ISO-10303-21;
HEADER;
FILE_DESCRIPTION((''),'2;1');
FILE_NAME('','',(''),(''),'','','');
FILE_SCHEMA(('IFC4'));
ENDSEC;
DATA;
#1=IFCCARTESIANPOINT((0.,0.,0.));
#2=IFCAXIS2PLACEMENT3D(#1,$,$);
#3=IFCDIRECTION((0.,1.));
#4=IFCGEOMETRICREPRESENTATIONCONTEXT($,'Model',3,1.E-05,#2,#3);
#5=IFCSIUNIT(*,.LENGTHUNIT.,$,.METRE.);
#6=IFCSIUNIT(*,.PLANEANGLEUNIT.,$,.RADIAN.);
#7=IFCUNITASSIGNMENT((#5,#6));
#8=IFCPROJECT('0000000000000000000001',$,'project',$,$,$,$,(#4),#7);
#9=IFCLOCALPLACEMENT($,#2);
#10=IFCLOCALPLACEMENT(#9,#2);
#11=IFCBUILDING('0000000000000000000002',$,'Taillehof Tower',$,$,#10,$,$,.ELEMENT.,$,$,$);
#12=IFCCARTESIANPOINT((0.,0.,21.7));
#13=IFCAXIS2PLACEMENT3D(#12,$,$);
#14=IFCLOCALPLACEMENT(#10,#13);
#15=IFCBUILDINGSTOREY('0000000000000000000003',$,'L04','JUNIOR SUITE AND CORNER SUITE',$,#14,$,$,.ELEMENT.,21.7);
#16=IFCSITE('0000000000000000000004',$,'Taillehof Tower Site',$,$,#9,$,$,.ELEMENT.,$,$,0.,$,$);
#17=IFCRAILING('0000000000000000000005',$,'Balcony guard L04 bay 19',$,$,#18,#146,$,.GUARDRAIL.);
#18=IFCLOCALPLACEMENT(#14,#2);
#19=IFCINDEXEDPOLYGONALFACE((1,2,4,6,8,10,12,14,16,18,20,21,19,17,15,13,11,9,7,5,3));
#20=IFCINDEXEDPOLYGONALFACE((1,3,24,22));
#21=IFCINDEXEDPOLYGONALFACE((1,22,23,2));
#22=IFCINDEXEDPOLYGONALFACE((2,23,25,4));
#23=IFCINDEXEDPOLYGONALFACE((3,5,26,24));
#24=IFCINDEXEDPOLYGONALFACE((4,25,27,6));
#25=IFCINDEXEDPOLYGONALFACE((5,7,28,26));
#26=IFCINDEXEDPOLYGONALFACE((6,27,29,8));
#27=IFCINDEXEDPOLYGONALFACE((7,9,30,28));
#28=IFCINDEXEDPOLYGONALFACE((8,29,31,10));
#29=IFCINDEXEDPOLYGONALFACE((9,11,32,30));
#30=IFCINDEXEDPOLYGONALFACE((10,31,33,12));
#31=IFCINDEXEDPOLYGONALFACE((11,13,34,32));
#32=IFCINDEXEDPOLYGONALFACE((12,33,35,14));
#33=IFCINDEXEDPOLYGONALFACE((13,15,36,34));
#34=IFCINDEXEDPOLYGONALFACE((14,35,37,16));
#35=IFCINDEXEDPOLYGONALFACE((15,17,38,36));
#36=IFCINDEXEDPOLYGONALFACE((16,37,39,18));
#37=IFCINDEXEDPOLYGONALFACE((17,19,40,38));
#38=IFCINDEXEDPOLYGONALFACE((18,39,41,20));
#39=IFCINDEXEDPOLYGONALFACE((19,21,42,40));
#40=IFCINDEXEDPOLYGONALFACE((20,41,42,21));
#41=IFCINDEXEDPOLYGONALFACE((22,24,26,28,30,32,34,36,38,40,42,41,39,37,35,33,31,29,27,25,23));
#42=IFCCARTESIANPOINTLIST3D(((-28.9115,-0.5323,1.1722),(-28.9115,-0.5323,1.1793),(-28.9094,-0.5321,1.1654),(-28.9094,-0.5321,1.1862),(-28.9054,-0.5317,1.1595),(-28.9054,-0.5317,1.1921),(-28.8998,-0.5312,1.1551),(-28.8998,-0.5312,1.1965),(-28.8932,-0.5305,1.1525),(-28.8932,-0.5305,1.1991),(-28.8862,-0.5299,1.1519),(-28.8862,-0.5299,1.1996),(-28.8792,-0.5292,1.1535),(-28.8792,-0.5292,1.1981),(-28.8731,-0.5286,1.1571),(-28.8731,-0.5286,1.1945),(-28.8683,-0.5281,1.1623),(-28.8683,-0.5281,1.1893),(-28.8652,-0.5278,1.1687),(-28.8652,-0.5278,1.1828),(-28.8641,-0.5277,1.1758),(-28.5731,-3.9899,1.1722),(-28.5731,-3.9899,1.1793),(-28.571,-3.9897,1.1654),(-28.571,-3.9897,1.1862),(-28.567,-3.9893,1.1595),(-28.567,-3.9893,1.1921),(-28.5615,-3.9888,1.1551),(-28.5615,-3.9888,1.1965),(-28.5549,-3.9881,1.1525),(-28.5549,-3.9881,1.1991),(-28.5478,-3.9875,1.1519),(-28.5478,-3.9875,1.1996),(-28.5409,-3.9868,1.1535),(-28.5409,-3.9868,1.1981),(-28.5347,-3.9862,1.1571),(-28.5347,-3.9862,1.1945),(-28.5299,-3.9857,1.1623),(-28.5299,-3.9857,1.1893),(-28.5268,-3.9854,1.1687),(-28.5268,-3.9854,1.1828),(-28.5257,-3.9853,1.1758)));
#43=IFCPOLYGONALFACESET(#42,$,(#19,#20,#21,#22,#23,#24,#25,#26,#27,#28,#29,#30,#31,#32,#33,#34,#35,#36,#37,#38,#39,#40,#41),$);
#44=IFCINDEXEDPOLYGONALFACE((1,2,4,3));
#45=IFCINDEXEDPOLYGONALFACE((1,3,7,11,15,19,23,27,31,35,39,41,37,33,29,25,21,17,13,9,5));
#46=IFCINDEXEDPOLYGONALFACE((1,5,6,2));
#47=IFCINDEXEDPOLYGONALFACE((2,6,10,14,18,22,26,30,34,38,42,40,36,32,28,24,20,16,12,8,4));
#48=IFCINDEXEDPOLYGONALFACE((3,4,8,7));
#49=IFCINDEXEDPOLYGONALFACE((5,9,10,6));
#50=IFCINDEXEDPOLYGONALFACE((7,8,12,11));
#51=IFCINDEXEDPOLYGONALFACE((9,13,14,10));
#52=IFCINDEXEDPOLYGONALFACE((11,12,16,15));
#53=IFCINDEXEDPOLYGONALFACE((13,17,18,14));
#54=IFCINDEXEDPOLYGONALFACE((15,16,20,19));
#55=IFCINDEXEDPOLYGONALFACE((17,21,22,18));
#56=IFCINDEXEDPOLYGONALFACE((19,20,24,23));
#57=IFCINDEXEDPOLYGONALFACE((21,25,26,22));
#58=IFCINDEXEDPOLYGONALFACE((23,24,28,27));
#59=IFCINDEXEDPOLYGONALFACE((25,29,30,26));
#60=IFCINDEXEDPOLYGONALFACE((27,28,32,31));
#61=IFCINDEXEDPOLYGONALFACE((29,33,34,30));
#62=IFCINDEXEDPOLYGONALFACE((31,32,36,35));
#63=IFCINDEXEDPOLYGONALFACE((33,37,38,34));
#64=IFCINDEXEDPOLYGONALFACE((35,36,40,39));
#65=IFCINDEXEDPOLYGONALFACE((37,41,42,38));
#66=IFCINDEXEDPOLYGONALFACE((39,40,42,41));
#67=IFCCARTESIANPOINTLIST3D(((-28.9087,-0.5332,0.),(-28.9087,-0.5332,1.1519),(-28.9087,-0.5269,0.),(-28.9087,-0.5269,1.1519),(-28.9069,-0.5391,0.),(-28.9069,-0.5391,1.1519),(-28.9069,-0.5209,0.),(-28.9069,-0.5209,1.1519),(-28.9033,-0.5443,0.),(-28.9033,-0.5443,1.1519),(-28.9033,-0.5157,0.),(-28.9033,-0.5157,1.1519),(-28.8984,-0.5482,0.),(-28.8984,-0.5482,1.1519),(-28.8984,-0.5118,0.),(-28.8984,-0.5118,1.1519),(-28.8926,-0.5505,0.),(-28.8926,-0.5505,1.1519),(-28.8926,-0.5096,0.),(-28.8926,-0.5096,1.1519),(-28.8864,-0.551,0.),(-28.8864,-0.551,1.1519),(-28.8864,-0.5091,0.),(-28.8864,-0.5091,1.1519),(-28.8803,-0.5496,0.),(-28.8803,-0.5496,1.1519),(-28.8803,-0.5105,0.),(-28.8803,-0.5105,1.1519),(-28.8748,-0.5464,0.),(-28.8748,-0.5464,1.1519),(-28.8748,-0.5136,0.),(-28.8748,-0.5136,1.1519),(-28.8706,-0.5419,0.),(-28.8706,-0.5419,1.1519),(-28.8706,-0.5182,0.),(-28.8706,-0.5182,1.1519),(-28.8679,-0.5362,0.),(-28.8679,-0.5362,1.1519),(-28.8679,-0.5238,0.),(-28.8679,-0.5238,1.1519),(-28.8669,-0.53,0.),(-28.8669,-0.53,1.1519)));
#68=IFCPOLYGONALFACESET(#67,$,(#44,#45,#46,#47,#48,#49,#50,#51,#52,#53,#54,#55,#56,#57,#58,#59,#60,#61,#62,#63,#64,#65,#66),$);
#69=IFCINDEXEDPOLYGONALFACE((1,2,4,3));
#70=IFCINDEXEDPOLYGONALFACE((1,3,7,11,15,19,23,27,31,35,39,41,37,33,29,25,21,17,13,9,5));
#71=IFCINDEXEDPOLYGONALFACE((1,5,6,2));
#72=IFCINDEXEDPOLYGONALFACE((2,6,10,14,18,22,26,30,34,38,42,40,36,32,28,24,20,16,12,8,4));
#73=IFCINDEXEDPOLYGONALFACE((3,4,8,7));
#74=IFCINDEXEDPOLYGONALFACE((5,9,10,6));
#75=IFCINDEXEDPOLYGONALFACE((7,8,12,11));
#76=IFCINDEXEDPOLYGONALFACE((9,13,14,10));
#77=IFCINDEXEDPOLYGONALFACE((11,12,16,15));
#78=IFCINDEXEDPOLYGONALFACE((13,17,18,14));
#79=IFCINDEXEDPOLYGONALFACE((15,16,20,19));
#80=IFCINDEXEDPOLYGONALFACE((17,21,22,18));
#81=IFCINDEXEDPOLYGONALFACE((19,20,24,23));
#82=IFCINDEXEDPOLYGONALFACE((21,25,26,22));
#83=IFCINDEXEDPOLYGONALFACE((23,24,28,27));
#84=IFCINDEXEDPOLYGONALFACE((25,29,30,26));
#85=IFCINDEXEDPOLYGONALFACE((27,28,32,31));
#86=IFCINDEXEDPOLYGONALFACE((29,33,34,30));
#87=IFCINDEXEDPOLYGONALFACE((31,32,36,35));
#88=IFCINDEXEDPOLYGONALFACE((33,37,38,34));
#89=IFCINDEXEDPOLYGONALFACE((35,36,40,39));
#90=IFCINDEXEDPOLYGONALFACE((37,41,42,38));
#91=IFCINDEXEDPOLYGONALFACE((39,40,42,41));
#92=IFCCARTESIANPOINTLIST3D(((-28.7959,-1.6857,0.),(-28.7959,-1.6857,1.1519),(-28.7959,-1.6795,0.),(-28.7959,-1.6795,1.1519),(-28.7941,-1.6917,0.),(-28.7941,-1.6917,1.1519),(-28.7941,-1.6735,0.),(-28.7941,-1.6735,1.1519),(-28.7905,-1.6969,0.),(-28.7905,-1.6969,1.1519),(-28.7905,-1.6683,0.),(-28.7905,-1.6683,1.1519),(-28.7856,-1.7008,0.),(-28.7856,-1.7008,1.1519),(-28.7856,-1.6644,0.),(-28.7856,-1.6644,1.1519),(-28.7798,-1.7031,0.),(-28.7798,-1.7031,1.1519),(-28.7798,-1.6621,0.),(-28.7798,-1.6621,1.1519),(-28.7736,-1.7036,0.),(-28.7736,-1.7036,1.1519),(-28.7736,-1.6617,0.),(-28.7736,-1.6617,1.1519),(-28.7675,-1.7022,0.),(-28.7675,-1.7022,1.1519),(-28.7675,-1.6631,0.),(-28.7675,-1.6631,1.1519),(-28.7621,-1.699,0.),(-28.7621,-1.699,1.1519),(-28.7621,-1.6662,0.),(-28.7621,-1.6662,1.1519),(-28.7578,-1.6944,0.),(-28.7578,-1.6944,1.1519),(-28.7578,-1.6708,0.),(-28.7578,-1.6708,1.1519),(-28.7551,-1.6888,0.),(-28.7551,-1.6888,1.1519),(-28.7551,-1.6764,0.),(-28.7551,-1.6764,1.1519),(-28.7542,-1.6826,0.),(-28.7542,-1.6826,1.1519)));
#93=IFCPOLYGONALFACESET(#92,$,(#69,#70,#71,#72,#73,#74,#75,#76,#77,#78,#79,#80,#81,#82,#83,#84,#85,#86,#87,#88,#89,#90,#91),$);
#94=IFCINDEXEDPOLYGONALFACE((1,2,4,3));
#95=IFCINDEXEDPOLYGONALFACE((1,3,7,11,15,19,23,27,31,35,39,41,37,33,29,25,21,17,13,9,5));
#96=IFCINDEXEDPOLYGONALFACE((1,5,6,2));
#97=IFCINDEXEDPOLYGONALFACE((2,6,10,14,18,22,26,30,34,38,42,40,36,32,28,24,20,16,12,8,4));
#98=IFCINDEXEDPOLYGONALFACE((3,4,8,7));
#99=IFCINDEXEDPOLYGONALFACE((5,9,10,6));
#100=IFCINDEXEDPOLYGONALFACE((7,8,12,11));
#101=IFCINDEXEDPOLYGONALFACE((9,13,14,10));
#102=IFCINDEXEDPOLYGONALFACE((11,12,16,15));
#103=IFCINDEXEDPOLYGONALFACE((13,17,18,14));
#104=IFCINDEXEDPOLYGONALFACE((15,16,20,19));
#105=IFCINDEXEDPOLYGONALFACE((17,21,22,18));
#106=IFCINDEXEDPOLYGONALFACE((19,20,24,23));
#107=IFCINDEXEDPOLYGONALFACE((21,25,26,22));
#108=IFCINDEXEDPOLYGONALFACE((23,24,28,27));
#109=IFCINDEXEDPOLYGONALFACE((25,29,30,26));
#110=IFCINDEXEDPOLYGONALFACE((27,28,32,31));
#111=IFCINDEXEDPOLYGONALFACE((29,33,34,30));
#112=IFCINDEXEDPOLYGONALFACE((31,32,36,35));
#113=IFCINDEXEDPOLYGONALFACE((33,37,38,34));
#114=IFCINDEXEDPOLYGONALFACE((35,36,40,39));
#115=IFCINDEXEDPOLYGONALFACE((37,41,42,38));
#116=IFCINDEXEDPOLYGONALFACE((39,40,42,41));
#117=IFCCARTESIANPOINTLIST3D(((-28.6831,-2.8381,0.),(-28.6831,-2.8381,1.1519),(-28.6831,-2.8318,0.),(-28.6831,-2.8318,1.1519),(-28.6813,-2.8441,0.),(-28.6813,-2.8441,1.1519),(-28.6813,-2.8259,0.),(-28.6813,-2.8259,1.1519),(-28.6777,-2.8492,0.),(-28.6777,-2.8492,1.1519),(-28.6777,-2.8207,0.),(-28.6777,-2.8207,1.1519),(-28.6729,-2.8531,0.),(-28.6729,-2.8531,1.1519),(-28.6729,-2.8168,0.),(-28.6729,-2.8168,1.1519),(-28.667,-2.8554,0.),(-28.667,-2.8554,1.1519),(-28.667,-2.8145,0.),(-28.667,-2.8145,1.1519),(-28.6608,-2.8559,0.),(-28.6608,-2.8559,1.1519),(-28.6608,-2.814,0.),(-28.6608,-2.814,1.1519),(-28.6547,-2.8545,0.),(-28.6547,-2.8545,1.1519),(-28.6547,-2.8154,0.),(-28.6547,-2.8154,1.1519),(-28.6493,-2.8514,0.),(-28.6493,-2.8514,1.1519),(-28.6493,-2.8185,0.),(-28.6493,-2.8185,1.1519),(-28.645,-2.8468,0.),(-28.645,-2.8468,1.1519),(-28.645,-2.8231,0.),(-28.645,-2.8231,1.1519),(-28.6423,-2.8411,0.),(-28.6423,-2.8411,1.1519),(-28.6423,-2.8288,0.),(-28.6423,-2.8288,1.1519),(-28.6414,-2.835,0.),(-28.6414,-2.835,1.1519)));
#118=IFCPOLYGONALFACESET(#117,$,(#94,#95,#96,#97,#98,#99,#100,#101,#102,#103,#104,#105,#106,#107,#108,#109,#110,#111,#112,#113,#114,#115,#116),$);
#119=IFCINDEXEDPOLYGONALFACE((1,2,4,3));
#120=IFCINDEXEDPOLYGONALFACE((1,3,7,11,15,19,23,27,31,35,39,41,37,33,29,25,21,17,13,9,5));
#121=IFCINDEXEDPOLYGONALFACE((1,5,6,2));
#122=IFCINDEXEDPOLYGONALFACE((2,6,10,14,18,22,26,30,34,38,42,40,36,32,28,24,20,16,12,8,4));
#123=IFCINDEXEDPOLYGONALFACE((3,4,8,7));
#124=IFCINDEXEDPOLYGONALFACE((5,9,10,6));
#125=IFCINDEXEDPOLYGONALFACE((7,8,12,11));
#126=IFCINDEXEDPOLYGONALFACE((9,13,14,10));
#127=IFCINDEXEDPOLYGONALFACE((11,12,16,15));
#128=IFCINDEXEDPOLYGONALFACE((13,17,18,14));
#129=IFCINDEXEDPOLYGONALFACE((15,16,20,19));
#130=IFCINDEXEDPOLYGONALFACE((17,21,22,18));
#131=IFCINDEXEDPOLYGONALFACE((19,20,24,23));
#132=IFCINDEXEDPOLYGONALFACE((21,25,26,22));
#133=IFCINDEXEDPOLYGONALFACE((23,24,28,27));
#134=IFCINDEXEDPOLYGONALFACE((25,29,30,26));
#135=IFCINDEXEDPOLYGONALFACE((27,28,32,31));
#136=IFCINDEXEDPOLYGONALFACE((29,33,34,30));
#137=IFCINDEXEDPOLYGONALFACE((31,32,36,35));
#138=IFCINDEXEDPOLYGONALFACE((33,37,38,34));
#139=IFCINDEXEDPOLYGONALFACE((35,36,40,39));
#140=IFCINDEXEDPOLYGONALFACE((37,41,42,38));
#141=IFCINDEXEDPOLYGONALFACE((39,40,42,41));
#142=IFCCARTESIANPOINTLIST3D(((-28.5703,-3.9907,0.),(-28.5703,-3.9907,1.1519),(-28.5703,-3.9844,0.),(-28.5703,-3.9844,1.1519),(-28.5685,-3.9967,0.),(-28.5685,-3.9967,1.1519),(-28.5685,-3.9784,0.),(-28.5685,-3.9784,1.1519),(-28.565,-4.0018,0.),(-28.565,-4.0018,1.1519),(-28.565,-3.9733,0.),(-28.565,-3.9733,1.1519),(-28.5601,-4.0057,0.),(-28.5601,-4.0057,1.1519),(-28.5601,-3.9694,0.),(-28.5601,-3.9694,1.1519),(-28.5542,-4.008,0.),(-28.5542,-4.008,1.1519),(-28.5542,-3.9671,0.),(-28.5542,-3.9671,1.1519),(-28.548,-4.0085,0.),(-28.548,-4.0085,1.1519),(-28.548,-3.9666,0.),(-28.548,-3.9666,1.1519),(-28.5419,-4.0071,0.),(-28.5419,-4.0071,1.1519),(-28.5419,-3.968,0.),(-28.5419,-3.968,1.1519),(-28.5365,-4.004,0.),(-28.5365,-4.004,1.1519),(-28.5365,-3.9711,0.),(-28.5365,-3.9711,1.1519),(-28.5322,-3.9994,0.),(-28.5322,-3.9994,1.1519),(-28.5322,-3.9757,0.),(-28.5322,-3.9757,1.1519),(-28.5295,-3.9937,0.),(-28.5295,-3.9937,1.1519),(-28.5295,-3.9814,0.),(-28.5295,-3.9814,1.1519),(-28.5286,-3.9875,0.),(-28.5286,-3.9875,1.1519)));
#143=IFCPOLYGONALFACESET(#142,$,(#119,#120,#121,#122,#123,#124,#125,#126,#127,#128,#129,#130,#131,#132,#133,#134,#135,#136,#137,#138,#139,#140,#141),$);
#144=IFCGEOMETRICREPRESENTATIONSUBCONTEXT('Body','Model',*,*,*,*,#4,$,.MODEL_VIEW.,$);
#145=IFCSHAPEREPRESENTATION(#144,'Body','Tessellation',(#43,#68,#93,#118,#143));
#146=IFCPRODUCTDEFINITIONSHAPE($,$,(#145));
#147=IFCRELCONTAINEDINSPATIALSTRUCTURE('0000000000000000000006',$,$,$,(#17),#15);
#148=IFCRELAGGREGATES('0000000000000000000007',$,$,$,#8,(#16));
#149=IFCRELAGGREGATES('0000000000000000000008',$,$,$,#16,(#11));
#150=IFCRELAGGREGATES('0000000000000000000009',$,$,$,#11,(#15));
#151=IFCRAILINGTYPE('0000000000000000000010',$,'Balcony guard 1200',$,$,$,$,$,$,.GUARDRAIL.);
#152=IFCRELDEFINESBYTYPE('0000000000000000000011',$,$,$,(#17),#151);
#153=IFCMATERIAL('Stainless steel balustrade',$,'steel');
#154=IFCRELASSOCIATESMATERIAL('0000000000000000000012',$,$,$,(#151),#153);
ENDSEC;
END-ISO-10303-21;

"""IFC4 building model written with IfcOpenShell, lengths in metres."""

from ifc_helpers import new_model, si_unit, direction, frame, origin, origin_2d, place, context, subcontext, project, spatial, circle, extrude, material, type_object, element, save


model = new_model("IFC4")

# Units and contexts
model_context = context("Model", 3, precision=1e-05, world=origin(), true_north=direction((0.0, 1.0)))
body_context = subcontext(model_context, "Body", "Model", "MODEL_VIEW")
ifc_project = project(units=[si_unit("LENGTHUNIT", "METRE"), si_unit("PLANEANGLEUNIT", "RADIAN")], contexts=[model_context])

# Site, building, storey
site_placement = place(None, origin())
site = spatial("IfcSite", under=ifc_project, at=site_placement, Name="Taillehof Tower Site", CompositionType="ELEMENT", RefElevation=0.0)
building_placement = place(site_placement, origin())
building = spatial("IfcBuilding", under=site, at=building_placement, Name="Taillehof Tower", CompositionType="ELEMENT")
storey_placement = place(building_placement, frame((0.0, 0.0, 21.7)))
storey = spatial("IfcBuildingStorey", under=building, at=storey_placement, Name="L04", Description="JUNIOR SUITE AND CORNER SUITE", CompositionType="ELEMENT", Elevation=21.7)

# Railing
ifc_material_1 = material(Name="Stainless steel balustrade", Category="steel")
railing_type = type_object("IfcRailingType", Name="Balcony guard 1200", PredefinedType="GUARDRAIL", material=ifc_material_1)
railing_1_placement = place(storey_placement, frame((-28.8879, -0.53, 0.0)))
element("IfcRailing", 1, at=railing_1_placement, inside=storey, type_object=railing_type, Name="Balcony guard L04 bay 19", PredefinedType="GUARDRAIL", context=body_context, shape_type="SweptSolid", body=[
    extrude(circle(Radius=0.0239, at=origin_2d()), frame((0.0, 0.0, 1.1758), z_axis=(0.097402, -0.995245, 0.0), x_axis=(0.995245, 0.097402, 0.0)), (0.0, 0.0, 1.0), 3.4741),
    extrude(circle(Radius=0.021, at=origin_2d()), origin(), (0.0, 0.0, 1.0), 1.1519),
    extrude(circle(Radius=0.021, at=origin_2d()), frame((0.1128, -1.1526, 0.0)), (0.0, 0.0, 1.0), 1.1519),
    extrude(circle(Radius=0.021, at=origin_2d()), frame((0.2256, -2.3049, 0.0)), (0.0, 0.0, 1.0), 1.1519),
    extrude(circle(Radius=0.021, at=origin_2d()), frame((0.3384, -3.4575, 0.0)), (0.0, 0.0, 1.0), 1.1519),
])

save(model, "model.ifc")
